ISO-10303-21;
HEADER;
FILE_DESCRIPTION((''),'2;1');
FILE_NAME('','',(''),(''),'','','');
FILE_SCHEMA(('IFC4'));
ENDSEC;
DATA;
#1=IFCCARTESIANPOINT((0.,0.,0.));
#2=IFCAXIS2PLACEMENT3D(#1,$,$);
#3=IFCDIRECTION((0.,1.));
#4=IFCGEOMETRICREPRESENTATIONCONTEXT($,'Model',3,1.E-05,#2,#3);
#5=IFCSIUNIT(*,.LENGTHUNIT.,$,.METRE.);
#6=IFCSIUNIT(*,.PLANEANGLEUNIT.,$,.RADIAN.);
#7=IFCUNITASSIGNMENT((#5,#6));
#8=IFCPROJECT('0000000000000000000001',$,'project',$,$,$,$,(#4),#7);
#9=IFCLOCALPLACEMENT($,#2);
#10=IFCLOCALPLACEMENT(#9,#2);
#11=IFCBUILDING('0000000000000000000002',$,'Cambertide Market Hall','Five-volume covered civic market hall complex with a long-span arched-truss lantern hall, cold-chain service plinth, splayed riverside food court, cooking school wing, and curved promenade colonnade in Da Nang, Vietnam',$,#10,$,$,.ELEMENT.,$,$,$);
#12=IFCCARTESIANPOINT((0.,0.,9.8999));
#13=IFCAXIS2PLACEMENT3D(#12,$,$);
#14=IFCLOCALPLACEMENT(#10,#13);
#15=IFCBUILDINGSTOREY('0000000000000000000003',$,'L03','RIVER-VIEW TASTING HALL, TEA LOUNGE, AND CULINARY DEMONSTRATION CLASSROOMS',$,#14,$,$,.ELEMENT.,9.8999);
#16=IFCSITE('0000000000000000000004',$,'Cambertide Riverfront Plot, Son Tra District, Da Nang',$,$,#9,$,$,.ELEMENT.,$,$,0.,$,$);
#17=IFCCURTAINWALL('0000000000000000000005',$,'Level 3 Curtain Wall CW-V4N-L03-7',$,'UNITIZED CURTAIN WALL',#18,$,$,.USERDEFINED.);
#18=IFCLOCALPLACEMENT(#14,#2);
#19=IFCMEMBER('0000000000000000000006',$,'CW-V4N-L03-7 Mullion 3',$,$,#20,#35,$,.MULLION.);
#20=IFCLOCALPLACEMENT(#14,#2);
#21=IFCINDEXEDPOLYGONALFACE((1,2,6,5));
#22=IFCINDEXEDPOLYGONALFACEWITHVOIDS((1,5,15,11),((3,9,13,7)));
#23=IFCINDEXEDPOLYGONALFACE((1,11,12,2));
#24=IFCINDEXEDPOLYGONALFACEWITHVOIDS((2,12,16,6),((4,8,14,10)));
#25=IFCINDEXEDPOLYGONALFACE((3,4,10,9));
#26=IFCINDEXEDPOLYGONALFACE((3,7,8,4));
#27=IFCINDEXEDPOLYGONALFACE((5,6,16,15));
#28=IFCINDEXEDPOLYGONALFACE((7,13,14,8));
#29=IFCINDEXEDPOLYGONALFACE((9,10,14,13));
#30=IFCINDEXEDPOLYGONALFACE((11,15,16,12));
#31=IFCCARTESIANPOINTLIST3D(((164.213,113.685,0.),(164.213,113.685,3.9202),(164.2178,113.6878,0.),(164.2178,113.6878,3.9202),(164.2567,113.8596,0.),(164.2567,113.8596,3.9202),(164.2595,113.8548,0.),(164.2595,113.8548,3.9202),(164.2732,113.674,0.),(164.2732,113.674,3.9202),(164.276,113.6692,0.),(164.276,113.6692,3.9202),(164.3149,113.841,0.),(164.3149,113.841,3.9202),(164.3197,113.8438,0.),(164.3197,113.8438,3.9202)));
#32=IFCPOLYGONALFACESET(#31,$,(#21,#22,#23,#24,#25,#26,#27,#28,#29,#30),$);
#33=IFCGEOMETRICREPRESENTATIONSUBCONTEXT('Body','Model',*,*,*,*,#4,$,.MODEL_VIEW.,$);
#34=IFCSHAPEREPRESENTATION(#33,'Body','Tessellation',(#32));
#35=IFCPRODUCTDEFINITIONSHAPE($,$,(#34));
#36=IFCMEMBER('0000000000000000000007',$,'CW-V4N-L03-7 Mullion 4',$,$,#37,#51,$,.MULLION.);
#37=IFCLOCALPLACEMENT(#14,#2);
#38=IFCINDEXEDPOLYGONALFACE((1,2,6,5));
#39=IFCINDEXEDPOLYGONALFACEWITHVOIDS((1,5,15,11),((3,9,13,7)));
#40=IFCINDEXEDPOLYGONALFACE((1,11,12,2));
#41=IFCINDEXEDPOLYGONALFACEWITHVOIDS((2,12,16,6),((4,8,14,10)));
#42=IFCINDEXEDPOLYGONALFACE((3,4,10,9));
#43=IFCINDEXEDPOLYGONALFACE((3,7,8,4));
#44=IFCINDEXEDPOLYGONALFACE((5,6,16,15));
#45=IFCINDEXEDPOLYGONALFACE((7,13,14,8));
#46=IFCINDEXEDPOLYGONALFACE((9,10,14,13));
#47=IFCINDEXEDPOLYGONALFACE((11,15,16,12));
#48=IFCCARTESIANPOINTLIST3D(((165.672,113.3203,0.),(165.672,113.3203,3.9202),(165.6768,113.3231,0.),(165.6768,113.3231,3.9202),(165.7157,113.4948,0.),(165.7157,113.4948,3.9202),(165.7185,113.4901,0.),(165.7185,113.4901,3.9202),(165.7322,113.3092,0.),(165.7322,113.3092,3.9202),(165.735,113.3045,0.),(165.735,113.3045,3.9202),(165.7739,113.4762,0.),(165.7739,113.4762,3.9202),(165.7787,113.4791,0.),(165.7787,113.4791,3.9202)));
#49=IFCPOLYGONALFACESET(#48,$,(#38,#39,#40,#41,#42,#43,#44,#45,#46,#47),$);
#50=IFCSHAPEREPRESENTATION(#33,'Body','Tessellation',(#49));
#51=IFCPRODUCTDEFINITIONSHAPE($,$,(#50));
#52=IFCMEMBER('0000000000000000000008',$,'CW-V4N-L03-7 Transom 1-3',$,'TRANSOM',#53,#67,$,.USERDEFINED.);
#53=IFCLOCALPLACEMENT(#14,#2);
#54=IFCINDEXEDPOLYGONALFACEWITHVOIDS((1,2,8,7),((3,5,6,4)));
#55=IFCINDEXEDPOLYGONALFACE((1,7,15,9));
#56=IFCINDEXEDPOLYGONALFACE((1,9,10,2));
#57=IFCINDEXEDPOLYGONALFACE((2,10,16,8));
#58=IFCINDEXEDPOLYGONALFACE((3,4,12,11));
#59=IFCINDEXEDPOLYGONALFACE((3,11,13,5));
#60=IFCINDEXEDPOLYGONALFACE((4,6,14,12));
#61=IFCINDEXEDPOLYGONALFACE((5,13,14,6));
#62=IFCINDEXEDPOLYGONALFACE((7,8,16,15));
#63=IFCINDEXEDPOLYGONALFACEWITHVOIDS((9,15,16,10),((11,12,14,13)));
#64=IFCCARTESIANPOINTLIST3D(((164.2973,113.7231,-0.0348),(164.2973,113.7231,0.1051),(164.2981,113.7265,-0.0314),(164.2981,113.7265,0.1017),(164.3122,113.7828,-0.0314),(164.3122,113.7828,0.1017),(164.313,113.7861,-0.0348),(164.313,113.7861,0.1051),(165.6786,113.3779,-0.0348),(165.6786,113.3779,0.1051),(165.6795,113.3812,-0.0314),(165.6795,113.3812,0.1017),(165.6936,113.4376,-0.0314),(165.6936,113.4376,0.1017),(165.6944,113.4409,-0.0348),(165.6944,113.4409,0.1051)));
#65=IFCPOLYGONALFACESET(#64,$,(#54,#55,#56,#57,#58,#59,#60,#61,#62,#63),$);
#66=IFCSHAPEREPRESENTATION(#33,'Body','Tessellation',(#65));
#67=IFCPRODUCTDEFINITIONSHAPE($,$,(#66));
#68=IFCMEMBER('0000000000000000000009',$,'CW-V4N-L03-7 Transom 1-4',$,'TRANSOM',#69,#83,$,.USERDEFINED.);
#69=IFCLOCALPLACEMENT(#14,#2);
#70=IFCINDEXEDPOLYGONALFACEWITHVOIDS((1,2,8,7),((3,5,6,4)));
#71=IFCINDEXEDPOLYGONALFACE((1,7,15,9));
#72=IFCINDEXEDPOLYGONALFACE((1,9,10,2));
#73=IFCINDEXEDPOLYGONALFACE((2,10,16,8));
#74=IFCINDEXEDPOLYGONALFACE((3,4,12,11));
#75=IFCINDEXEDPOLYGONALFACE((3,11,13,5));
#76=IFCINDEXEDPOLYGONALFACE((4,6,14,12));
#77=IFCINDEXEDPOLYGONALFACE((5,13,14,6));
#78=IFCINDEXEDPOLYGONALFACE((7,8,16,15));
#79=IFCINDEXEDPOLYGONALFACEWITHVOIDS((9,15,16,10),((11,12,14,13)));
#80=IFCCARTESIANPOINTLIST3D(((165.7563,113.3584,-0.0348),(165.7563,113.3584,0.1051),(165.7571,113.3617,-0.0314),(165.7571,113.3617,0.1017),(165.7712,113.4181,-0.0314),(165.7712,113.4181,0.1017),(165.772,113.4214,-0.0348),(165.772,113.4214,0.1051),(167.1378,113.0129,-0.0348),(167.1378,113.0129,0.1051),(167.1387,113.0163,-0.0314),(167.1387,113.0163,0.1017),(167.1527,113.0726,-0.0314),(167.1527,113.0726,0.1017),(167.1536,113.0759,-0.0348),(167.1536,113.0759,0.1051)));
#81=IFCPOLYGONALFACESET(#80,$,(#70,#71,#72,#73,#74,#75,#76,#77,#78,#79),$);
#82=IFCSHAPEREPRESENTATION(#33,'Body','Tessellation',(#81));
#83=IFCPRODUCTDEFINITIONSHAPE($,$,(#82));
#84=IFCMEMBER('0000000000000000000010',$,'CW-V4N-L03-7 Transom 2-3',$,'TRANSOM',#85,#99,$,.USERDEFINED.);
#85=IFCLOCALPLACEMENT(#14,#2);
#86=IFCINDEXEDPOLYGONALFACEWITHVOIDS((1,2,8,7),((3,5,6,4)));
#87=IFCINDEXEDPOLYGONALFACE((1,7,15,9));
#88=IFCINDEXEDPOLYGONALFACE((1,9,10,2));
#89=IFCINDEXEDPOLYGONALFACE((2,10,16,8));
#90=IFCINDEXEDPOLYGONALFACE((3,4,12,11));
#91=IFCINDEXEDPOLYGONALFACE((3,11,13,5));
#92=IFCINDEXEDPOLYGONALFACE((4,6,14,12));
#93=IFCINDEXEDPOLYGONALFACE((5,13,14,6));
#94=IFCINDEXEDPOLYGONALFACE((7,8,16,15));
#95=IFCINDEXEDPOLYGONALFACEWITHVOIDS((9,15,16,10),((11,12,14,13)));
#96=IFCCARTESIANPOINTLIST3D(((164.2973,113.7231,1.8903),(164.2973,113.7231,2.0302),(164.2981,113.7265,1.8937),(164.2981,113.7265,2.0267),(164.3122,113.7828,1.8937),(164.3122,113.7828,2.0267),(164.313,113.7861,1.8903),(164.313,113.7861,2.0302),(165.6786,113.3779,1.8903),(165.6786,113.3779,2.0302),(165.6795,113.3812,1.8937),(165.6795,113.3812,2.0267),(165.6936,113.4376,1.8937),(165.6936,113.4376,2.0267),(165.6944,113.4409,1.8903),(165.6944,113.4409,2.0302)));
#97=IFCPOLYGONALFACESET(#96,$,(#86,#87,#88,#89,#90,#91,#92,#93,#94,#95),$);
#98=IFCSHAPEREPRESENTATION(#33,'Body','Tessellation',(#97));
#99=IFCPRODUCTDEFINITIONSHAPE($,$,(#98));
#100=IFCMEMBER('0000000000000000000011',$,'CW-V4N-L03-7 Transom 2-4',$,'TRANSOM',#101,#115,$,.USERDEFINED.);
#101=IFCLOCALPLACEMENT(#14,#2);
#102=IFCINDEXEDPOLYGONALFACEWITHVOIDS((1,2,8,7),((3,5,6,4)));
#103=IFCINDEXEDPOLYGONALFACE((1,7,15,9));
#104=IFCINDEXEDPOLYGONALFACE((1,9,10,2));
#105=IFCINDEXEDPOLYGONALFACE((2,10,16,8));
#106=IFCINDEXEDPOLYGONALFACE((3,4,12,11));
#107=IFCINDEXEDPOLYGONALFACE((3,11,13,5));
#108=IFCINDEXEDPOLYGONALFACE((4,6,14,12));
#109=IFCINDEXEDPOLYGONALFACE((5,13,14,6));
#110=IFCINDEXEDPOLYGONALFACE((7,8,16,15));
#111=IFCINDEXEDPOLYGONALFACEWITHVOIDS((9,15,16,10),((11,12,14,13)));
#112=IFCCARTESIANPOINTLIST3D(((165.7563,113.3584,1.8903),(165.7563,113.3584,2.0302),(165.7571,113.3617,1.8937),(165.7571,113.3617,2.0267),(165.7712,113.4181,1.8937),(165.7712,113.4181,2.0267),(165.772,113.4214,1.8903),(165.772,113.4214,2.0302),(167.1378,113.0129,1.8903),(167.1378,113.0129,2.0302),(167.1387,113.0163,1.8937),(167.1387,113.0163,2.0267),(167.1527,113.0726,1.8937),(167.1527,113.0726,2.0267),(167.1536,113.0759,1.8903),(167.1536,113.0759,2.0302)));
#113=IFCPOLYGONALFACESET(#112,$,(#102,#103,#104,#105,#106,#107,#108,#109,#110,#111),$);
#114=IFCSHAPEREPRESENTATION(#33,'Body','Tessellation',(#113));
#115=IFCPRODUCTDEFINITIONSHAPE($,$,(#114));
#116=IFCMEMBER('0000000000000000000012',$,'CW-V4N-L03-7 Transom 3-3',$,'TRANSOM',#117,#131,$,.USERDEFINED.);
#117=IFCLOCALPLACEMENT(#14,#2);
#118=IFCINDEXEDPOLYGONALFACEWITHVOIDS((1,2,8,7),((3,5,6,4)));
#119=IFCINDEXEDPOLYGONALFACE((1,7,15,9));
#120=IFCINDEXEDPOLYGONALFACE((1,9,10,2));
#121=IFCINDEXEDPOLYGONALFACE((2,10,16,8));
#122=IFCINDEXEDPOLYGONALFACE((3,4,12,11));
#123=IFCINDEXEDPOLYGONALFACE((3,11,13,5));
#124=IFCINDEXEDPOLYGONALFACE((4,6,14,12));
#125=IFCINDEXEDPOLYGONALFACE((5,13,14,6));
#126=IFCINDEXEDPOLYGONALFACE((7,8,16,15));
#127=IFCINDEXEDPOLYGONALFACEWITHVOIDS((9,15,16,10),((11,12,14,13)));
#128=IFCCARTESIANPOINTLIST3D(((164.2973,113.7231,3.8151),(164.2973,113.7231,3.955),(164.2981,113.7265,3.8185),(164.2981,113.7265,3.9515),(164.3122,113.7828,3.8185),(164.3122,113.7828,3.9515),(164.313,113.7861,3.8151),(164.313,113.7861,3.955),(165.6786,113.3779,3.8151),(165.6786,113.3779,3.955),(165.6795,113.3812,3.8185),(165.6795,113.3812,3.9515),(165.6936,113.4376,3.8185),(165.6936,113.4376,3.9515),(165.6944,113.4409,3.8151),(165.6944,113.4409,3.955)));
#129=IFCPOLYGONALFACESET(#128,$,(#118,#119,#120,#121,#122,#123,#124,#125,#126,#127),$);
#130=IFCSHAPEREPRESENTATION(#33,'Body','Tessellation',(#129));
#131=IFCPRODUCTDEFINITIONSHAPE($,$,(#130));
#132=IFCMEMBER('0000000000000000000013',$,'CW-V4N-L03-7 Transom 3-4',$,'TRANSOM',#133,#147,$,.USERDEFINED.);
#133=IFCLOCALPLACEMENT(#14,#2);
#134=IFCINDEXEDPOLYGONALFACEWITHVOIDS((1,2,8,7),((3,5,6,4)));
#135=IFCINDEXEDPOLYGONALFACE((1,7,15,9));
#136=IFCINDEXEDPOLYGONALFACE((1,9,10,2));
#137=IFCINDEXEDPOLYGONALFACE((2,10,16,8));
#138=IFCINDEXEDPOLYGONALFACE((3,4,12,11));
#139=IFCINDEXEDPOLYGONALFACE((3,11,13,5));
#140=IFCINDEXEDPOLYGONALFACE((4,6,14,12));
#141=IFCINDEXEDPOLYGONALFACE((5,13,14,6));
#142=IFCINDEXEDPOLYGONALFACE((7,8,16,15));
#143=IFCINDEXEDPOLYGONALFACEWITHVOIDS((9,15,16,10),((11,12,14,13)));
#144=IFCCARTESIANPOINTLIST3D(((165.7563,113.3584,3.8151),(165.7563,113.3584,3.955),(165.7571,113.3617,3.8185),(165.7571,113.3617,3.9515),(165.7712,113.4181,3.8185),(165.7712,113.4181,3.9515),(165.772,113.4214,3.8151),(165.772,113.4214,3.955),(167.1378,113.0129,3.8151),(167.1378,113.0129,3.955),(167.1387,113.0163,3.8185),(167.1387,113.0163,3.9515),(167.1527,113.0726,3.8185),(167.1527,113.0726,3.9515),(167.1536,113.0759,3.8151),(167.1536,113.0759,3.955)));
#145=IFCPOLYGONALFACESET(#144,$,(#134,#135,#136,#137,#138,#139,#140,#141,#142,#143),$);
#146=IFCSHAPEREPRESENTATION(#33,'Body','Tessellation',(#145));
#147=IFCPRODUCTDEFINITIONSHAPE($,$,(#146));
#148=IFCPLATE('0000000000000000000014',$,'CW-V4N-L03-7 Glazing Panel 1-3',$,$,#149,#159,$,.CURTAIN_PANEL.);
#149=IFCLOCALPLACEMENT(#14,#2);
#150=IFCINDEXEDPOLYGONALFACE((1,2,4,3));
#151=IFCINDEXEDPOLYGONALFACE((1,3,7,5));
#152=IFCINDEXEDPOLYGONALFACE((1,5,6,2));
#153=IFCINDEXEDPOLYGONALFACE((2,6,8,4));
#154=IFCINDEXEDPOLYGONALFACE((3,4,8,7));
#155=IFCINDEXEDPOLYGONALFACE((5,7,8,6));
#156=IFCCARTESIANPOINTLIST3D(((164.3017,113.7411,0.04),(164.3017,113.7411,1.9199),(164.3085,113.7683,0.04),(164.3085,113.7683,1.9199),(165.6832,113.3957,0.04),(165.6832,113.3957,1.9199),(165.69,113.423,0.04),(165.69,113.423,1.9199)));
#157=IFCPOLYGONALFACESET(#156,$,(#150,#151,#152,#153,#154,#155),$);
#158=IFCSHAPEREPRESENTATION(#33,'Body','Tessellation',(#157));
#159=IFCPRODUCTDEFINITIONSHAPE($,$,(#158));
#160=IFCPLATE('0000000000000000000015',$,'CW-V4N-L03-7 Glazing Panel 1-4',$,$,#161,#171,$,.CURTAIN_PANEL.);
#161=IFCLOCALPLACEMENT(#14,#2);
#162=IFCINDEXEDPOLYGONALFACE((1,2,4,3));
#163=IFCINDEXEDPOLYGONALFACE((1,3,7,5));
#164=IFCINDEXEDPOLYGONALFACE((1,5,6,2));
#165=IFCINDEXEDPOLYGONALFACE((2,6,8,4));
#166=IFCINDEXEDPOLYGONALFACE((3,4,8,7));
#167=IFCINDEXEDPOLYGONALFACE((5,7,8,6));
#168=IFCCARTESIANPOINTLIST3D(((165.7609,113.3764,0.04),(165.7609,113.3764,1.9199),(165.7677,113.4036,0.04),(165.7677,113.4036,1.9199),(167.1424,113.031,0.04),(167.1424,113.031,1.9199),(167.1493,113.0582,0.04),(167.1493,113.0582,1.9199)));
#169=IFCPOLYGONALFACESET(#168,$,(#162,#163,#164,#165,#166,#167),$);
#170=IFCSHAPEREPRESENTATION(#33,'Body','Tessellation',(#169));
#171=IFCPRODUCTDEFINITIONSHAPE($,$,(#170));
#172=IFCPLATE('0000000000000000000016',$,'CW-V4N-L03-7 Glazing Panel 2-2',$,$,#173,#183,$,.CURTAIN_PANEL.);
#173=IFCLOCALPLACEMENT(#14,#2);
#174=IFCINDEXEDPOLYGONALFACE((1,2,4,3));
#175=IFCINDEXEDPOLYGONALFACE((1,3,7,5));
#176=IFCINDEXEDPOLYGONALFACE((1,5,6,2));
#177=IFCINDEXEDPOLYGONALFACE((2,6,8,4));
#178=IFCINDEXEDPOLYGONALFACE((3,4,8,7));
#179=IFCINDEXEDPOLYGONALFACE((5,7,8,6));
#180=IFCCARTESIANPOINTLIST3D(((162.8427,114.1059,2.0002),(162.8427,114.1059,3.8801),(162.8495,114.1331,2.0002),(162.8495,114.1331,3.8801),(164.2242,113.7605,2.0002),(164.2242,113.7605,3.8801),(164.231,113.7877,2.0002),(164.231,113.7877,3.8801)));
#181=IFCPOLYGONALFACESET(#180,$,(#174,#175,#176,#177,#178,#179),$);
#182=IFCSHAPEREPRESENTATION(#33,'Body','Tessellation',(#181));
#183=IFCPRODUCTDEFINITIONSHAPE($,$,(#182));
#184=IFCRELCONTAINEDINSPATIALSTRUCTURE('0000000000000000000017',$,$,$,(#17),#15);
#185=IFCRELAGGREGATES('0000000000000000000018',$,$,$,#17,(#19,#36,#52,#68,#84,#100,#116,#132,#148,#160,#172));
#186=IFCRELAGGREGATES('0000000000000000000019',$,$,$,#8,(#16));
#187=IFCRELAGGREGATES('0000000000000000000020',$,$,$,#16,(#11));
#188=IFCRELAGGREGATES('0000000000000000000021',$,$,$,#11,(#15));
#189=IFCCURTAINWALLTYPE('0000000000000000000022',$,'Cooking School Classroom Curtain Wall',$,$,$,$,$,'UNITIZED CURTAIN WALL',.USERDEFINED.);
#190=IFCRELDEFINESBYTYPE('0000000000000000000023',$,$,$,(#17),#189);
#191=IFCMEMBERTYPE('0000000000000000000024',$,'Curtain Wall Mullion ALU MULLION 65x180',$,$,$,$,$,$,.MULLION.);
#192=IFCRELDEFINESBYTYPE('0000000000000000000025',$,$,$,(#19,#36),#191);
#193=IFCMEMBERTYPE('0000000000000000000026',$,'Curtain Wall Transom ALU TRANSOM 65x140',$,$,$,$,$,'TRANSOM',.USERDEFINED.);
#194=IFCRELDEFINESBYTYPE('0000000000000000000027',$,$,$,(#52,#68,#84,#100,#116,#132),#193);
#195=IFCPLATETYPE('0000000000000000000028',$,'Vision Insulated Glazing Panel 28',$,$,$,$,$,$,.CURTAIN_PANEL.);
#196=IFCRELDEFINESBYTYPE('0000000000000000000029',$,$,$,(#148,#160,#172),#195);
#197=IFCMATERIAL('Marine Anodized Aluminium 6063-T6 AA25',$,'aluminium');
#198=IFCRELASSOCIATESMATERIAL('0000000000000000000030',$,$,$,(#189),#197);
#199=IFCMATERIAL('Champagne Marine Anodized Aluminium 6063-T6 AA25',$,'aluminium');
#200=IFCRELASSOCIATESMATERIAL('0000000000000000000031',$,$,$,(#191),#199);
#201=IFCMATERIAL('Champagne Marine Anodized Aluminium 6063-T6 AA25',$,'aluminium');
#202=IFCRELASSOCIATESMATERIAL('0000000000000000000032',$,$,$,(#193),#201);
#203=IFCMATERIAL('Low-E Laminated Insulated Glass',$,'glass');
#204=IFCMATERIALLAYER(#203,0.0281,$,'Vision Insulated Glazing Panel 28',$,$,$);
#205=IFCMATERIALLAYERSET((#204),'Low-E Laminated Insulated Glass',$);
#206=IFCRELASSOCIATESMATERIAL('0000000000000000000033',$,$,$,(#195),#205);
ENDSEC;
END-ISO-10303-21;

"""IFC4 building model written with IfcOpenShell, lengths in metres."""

from ifc_helpers import new_model, si_unit, direction, frame, origin, origin_2d, place, context, subcontext, project, spatial, rectangle, hollow_rectangle, extrude, material, layer, layer_set, material_profile, profile_set, type_object, element, aggregate, save


model = new_model("IFC4")

# Units and contexts
model_context = context("Model", 3, precision=1e-05, world=origin(), true_north=direction((0.0, 1.0)))
body_context = subcontext(model_context, "Body", "Model", "MODEL_VIEW")
ifc_project = project(units=[si_unit("LENGTHUNIT", "METRE"), si_unit("PLANEANGLEUNIT", "RADIAN")], contexts=[model_context])

# Site, building, storey
site_placement = place(None, origin())
site = spatial("IfcSite", under=ifc_project, at=site_placement, Name="Cambertide Riverfront Plot, Son Tra District, Da Nang", CompositionType="ELEMENT", RefElevation=0.0)
building_placement = place(site_placement, origin())
building = spatial("IfcBuilding", under=site, at=building_placement, Name="Cambertide Market Hall", Description="Five-volume covered civic market hall complex with a long-span arched-truss lantern hall, cold-chain service plinth, splayed riverside food court, cooking school wing, and curved promenade colonnade in Da Nang, Vietnam", CompositionType="ELEMENT")
storey_placement = place(building_placement, frame((0.0, 0.0, 9.8999)))
storey = spatial("IfcBuildingStorey", under=building, at=storey_placement, Name="L03", Description="RIVER-VIEW TASTING HALL, TEA LOUNGE, AND CULINARY DEMONSTRATION CLASSROOMS", CompositionType="ELEMENT", Elevation=9.8999)

# Curtain wall, members, plates
ifc_material_1 = material(Name="Marine Anodized Aluminium 6063-T6 AA25", Category="aluminium")
curtain_wall_type = type_object("IfcCurtainWallType", Name="Cooking School Classroom Curtain Wall", ElementType="UNITIZED CURTAIN WALL", PredefinedType="USERDEFINED", material=ifc_material_1)
curtain_wall_placement = place(storey_placement, origin())
curtain_wall = element("IfcCurtainWall", 1, at=curtain_wall_placement, inside=storey, type_object=curtain_wall_type, Name="Level 3 Curtain Wall CW-V4N-L03-7", ObjectType="UNITIZED CURTAIN WALL", PredefinedType="USERDEFINED")
ifc_material_2 = material(Name="Champagne Marine Anodized Aluminium 6063-T6 AA25", Category="aluminium")
ifc_material_profile_1 = material_profile(ifc_material_2, hollow_rectangle(XDim=0.0649, YDim=0.1799, WallThickness=0.0039, at=origin_2d()), Name="ALU MULLION 65x180")
ifc_profile_set_1 = profile_set([ifc_material_profile_1], Name="Champagne Marine Anodized Aluminium 6063-T6 AA25")
member_type_1 = type_object("IfcMemberType", Name="Curtain Wall Mullion ALU MULLION 65x180", PredefinedType="MULLION", material=ifc_profile_set_1)
member_1_placement = place(storey_placement, frame((164.2664, 113.7644, 0.0), z_axis=(0.0, 0.0, 1.0), x_axis=(0.970143, -0.242536, 0.0)))
member_1 = element("IfcMember", 2, at=member_1_placement, type_object=member_type_1, Name="CW-V4N-L03-7 Mullion 3", PredefinedType="MULLION", context=body_context, shape_type="SweptSolid", body=[
    extrude(hollow_rectangle(XDim=0.0649, YDim=0.1799, WallThickness=0.0039, at=origin_2d()), origin(), (0.0, 0.0, 1.0), 3.9202),
])
member_2_placement = place(storey_placement, frame((165.7253, 113.3997, 0.0), z_axis=(0.0, 0.0, 1.0), x_axis=(0.970143, -0.242536, 0.0)))
member_2 = element("IfcMember", 3, at=member_2_placement, type_object=member_type_1, Name="CW-V4N-L03-7 Mullion 4", PredefinedType="MULLION", context=body_context, shape_type="SweptSolid", body=[
    extrude(hollow_rectangle(XDim=0.0649, YDim=0.1799, WallThickness=0.0039, at=origin_2d()), origin(), (0.0, 0.0, 1.0), 3.9202),
])
ifc_material_3 = material(Name="Champagne Marine Anodized Aluminium 6063-T6 AA25", Category="aluminium")
ifc_material_profile_2 = material_profile(ifc_material_3, hollow_rectangle(XDim=0.0649, YDim=0.1399, WallThickness=0.0034, at=origin_2d()), Name="ALU TRANSOM 65x140")
ifc_profile_set_2 = profile_set([ifc_material_profile_2], Name="Champagne Marine Anodized Aluminium 6063-T6 AA25")
member_type_2 = type_object("IfcMemberType", Name="Curtain Wall Transom ALU TRANSOM 65x140", ElementType="TRANSOM", PredefinedType="USERDEFINED", material=ifc_profile_set_2)
member_3_placement = place(storey_placement, frame((164.3052, 113.7546, 0.0352), z_axis=(0.970163, -0.242455, 0.0), x_axis=(0.242455, 0.970163, 0.0)))
member_3 = element("IfcMember", 4, at=member_3_placement, type_object=member_type_2, Name="CW-V4N-L03-7 Transom 1-3", ObjectType="TRANSOM", PredefinedType="USERDEFINED", context=body_context, shape_type="SweptSolid", body=[
    extrude(hollow_rectangle(XDim=0.0649, YDim=0.1399, WallThickness=0.0034, at=origin_2d()), origin(), (0.0, 0.0, 1.0), 1.4238),
])
member_4_placement = place(storey_placement, frame((165.7642, 113.3899, 0.0352), z_axis=(0.970132, -0.242576, 0.0), x_axis=(0.242576, 0.970132, 0.0)))
member_4 = element("IfcMember", 5, at=member_4_placement, type_object=member_type_2, Name="CW-V4N-L03-7 Transom 1-4", ObjectType="TRANSOM", PredefinedType="USERDEFINED", context=body_context, shape_type="SweptSolid", body=[
    extrude(hollow_rectangle(XDim=0.0649, YDim=0.1399, WallThickness=0.0034, at=origin_2d()), origin(), (0.0, 0.0, 1.0), 1.4241),
])
member_5_placement = place(storey_placement, frame((164.3052, 113.7546, 1.9602), z_axis=(0.970163, -0.242455, 0.0), x_axis=(0.242455, 0.970163, 0.0)))
member_5 = element("IfcMember", 6, at=member_5_placement, type_object=member_type_2, Name="CW-V4N-L03-7 Transom 2-3", ObjectType="TRANSOM", PredefinedType="USERDEFINED", context=body_context, shape_type="SweptSolid", body=[
    extrude(hollow_rectangle(XDim=0.0649, YDim=0.1399, WallThickness=0.0034, at=origin_2d()), origin(), (0.0, 0.0, 1.0), 1.4238),
])
member_6_placement = place(storey_placement, frame((165.7642, 113.3899, 1.9602), z_axis=(0.970132, -0.242576, 0.0), x_axis=(0.242576, 0.970132, 0.0)))
member_6 = element("IfcMember", 7, at=member_6_placement, type_object=member_type_2, Name="CW-V4N-L03-7 Transom 2-4", ObjectType="TRANSOM", PredefinedType="USERDEFINED", context=body_context, shape_type="SweptSolid", body=[
    extrude(hollow_rectangle(XDim=0.0649, YDim=0.1399, WallThickness=0.0034, at=origin_2d()), origin(), (0.0, 0.0, 1.0), 1.4241),
])
member_7_placement = place(storey_placement, frame((164.3052, 113.7546, 3.885), z_axis=(0.970163, -0.242455, 0.0), x_axis=(0.242455, 0.970163, 0.0)))
member_7 = element("IfcMember", 8, at=member_7_placement, type_object=member_type_2, Name="CW-V4N-L03-7 Transom 3-3", ObjectType="TRANSOM", PredefinedType="USERDEFINED", context=body_context, shape_type="SweptSolid", body=[
    extrude(hollow_rectangle(XDim=0.0649, YDim=0.1399, WallThickness=0.0034, at=origin_2d()), origin(), (0.0, 0.0, 1.0), 1.4238),
])
member_8_placement = place(storey_placement, frame((165.7642, 113.3899, 3.885), z_axis=(0.970132, -0.242576, 0.0), x_axis=(0.242576, 0.970132, 0.0)))
member_8 = element("IfcMember", 9, at=member_8_placement, type_object=member_type_2, Name="CW-V4N-L03-7 Transom 3-4", ObjectType="TRANSOM", PredefinedType="USERDEFINED", context=body_context, shape_type="SweptSolid", body=[
    extrude(hollow_rectangle(XDim=0.0649, YDim=0.1399, WallThickness=0.0034, at=origin_2d()), origin(), (0.0, 0.0, 1.0), 1.4241),
])
ifc_material_4 = material(Name="Low-E Laminated Insulated Glass", Category="glass")
ifc_layer_1 = layer(ifc_material_4, 0.0281, Name="Vision Insulated Glazing Panel 28")
ifc_layer_set_1 = layer_set([ifc_layer_1], Name="Low-E Laminated Insulated Glass")
plate_type = type_object("IfcPlateType", Name="Vision Insulated Glazing Panel 28", PredefinedType="CURTAIN_PANEL", material=ifc_layer_set_1)
plate_1_placement = place(storey_placement, frame((164.9958, 113.582, 0.04), z_axis=(0.0, 0.0, 1.0), x_axis=(0.970143, -0.242536, 0.0)))
plate_1 = element("IfcPlate", 10, at=plate_1_placement, type_object=plate_type, Name="CW-V4N-L03-7 Glazing Panel 1-3", PredefinedType="CURTAIN_PANEL", context=body_context, shape_type="SweptSolid", body=[
    extrude(rectangle(XDim=1.4241, YDim=0.0281, at=origin_2d()), origin(), (0.0, 0.0, 1.0), 1.8799),
])
plate_2_placement = place(storey_placement, frame((166.4551, 113.2173, 0.04), z_axis=(0.0, 0.0, 1.0), x_axis=(0.970143, -0.242536, 0.0)))
plate_2 = element("IfcPlate", 11, at=plate_2_placement, type_object=plate_type, Name="CW-V4N-L03-7 Glazing Panel 1-4", PredefinedType="CURTAIN_PANEL", context=body_context, shape_type="SweptSolid", body=[
    extrude(rectangle(XDim=1.4241, YDim=0.0281, at=origin_2d()), origin(), (0.0, 0.0, 1.0), 1.8799),
])
plate_3_placement = place(storey_placement, frame((163.5369, 113.9468, 2.0002), z_axis=(0.0, 0.0, 1.0), x_axis=(0.970143, -0.242536, 0.0)))
plate_3 = element("IfcPlate", 12, at=plate_3_placement, type_object=plate_type, Name="CW-V4N-L03-7 Glazing Panel 2-2", PredefinedType="CURTAIN_PANEL", context=body_context, shape_type="SweptSolid", body=[
    extrude(rectangle(XDim=1.4241, YDim=0.0281, at=origin_2d()), origin(), (0.0, 0.0, 1.0), 1.8799),
])
aggregate(curtain_wall, [member_1, member_2, member_3, member_4, member_5, member_6, member_7, member_8, plate_1, plate_2, plate_3])

save(model, "model.ifc")
